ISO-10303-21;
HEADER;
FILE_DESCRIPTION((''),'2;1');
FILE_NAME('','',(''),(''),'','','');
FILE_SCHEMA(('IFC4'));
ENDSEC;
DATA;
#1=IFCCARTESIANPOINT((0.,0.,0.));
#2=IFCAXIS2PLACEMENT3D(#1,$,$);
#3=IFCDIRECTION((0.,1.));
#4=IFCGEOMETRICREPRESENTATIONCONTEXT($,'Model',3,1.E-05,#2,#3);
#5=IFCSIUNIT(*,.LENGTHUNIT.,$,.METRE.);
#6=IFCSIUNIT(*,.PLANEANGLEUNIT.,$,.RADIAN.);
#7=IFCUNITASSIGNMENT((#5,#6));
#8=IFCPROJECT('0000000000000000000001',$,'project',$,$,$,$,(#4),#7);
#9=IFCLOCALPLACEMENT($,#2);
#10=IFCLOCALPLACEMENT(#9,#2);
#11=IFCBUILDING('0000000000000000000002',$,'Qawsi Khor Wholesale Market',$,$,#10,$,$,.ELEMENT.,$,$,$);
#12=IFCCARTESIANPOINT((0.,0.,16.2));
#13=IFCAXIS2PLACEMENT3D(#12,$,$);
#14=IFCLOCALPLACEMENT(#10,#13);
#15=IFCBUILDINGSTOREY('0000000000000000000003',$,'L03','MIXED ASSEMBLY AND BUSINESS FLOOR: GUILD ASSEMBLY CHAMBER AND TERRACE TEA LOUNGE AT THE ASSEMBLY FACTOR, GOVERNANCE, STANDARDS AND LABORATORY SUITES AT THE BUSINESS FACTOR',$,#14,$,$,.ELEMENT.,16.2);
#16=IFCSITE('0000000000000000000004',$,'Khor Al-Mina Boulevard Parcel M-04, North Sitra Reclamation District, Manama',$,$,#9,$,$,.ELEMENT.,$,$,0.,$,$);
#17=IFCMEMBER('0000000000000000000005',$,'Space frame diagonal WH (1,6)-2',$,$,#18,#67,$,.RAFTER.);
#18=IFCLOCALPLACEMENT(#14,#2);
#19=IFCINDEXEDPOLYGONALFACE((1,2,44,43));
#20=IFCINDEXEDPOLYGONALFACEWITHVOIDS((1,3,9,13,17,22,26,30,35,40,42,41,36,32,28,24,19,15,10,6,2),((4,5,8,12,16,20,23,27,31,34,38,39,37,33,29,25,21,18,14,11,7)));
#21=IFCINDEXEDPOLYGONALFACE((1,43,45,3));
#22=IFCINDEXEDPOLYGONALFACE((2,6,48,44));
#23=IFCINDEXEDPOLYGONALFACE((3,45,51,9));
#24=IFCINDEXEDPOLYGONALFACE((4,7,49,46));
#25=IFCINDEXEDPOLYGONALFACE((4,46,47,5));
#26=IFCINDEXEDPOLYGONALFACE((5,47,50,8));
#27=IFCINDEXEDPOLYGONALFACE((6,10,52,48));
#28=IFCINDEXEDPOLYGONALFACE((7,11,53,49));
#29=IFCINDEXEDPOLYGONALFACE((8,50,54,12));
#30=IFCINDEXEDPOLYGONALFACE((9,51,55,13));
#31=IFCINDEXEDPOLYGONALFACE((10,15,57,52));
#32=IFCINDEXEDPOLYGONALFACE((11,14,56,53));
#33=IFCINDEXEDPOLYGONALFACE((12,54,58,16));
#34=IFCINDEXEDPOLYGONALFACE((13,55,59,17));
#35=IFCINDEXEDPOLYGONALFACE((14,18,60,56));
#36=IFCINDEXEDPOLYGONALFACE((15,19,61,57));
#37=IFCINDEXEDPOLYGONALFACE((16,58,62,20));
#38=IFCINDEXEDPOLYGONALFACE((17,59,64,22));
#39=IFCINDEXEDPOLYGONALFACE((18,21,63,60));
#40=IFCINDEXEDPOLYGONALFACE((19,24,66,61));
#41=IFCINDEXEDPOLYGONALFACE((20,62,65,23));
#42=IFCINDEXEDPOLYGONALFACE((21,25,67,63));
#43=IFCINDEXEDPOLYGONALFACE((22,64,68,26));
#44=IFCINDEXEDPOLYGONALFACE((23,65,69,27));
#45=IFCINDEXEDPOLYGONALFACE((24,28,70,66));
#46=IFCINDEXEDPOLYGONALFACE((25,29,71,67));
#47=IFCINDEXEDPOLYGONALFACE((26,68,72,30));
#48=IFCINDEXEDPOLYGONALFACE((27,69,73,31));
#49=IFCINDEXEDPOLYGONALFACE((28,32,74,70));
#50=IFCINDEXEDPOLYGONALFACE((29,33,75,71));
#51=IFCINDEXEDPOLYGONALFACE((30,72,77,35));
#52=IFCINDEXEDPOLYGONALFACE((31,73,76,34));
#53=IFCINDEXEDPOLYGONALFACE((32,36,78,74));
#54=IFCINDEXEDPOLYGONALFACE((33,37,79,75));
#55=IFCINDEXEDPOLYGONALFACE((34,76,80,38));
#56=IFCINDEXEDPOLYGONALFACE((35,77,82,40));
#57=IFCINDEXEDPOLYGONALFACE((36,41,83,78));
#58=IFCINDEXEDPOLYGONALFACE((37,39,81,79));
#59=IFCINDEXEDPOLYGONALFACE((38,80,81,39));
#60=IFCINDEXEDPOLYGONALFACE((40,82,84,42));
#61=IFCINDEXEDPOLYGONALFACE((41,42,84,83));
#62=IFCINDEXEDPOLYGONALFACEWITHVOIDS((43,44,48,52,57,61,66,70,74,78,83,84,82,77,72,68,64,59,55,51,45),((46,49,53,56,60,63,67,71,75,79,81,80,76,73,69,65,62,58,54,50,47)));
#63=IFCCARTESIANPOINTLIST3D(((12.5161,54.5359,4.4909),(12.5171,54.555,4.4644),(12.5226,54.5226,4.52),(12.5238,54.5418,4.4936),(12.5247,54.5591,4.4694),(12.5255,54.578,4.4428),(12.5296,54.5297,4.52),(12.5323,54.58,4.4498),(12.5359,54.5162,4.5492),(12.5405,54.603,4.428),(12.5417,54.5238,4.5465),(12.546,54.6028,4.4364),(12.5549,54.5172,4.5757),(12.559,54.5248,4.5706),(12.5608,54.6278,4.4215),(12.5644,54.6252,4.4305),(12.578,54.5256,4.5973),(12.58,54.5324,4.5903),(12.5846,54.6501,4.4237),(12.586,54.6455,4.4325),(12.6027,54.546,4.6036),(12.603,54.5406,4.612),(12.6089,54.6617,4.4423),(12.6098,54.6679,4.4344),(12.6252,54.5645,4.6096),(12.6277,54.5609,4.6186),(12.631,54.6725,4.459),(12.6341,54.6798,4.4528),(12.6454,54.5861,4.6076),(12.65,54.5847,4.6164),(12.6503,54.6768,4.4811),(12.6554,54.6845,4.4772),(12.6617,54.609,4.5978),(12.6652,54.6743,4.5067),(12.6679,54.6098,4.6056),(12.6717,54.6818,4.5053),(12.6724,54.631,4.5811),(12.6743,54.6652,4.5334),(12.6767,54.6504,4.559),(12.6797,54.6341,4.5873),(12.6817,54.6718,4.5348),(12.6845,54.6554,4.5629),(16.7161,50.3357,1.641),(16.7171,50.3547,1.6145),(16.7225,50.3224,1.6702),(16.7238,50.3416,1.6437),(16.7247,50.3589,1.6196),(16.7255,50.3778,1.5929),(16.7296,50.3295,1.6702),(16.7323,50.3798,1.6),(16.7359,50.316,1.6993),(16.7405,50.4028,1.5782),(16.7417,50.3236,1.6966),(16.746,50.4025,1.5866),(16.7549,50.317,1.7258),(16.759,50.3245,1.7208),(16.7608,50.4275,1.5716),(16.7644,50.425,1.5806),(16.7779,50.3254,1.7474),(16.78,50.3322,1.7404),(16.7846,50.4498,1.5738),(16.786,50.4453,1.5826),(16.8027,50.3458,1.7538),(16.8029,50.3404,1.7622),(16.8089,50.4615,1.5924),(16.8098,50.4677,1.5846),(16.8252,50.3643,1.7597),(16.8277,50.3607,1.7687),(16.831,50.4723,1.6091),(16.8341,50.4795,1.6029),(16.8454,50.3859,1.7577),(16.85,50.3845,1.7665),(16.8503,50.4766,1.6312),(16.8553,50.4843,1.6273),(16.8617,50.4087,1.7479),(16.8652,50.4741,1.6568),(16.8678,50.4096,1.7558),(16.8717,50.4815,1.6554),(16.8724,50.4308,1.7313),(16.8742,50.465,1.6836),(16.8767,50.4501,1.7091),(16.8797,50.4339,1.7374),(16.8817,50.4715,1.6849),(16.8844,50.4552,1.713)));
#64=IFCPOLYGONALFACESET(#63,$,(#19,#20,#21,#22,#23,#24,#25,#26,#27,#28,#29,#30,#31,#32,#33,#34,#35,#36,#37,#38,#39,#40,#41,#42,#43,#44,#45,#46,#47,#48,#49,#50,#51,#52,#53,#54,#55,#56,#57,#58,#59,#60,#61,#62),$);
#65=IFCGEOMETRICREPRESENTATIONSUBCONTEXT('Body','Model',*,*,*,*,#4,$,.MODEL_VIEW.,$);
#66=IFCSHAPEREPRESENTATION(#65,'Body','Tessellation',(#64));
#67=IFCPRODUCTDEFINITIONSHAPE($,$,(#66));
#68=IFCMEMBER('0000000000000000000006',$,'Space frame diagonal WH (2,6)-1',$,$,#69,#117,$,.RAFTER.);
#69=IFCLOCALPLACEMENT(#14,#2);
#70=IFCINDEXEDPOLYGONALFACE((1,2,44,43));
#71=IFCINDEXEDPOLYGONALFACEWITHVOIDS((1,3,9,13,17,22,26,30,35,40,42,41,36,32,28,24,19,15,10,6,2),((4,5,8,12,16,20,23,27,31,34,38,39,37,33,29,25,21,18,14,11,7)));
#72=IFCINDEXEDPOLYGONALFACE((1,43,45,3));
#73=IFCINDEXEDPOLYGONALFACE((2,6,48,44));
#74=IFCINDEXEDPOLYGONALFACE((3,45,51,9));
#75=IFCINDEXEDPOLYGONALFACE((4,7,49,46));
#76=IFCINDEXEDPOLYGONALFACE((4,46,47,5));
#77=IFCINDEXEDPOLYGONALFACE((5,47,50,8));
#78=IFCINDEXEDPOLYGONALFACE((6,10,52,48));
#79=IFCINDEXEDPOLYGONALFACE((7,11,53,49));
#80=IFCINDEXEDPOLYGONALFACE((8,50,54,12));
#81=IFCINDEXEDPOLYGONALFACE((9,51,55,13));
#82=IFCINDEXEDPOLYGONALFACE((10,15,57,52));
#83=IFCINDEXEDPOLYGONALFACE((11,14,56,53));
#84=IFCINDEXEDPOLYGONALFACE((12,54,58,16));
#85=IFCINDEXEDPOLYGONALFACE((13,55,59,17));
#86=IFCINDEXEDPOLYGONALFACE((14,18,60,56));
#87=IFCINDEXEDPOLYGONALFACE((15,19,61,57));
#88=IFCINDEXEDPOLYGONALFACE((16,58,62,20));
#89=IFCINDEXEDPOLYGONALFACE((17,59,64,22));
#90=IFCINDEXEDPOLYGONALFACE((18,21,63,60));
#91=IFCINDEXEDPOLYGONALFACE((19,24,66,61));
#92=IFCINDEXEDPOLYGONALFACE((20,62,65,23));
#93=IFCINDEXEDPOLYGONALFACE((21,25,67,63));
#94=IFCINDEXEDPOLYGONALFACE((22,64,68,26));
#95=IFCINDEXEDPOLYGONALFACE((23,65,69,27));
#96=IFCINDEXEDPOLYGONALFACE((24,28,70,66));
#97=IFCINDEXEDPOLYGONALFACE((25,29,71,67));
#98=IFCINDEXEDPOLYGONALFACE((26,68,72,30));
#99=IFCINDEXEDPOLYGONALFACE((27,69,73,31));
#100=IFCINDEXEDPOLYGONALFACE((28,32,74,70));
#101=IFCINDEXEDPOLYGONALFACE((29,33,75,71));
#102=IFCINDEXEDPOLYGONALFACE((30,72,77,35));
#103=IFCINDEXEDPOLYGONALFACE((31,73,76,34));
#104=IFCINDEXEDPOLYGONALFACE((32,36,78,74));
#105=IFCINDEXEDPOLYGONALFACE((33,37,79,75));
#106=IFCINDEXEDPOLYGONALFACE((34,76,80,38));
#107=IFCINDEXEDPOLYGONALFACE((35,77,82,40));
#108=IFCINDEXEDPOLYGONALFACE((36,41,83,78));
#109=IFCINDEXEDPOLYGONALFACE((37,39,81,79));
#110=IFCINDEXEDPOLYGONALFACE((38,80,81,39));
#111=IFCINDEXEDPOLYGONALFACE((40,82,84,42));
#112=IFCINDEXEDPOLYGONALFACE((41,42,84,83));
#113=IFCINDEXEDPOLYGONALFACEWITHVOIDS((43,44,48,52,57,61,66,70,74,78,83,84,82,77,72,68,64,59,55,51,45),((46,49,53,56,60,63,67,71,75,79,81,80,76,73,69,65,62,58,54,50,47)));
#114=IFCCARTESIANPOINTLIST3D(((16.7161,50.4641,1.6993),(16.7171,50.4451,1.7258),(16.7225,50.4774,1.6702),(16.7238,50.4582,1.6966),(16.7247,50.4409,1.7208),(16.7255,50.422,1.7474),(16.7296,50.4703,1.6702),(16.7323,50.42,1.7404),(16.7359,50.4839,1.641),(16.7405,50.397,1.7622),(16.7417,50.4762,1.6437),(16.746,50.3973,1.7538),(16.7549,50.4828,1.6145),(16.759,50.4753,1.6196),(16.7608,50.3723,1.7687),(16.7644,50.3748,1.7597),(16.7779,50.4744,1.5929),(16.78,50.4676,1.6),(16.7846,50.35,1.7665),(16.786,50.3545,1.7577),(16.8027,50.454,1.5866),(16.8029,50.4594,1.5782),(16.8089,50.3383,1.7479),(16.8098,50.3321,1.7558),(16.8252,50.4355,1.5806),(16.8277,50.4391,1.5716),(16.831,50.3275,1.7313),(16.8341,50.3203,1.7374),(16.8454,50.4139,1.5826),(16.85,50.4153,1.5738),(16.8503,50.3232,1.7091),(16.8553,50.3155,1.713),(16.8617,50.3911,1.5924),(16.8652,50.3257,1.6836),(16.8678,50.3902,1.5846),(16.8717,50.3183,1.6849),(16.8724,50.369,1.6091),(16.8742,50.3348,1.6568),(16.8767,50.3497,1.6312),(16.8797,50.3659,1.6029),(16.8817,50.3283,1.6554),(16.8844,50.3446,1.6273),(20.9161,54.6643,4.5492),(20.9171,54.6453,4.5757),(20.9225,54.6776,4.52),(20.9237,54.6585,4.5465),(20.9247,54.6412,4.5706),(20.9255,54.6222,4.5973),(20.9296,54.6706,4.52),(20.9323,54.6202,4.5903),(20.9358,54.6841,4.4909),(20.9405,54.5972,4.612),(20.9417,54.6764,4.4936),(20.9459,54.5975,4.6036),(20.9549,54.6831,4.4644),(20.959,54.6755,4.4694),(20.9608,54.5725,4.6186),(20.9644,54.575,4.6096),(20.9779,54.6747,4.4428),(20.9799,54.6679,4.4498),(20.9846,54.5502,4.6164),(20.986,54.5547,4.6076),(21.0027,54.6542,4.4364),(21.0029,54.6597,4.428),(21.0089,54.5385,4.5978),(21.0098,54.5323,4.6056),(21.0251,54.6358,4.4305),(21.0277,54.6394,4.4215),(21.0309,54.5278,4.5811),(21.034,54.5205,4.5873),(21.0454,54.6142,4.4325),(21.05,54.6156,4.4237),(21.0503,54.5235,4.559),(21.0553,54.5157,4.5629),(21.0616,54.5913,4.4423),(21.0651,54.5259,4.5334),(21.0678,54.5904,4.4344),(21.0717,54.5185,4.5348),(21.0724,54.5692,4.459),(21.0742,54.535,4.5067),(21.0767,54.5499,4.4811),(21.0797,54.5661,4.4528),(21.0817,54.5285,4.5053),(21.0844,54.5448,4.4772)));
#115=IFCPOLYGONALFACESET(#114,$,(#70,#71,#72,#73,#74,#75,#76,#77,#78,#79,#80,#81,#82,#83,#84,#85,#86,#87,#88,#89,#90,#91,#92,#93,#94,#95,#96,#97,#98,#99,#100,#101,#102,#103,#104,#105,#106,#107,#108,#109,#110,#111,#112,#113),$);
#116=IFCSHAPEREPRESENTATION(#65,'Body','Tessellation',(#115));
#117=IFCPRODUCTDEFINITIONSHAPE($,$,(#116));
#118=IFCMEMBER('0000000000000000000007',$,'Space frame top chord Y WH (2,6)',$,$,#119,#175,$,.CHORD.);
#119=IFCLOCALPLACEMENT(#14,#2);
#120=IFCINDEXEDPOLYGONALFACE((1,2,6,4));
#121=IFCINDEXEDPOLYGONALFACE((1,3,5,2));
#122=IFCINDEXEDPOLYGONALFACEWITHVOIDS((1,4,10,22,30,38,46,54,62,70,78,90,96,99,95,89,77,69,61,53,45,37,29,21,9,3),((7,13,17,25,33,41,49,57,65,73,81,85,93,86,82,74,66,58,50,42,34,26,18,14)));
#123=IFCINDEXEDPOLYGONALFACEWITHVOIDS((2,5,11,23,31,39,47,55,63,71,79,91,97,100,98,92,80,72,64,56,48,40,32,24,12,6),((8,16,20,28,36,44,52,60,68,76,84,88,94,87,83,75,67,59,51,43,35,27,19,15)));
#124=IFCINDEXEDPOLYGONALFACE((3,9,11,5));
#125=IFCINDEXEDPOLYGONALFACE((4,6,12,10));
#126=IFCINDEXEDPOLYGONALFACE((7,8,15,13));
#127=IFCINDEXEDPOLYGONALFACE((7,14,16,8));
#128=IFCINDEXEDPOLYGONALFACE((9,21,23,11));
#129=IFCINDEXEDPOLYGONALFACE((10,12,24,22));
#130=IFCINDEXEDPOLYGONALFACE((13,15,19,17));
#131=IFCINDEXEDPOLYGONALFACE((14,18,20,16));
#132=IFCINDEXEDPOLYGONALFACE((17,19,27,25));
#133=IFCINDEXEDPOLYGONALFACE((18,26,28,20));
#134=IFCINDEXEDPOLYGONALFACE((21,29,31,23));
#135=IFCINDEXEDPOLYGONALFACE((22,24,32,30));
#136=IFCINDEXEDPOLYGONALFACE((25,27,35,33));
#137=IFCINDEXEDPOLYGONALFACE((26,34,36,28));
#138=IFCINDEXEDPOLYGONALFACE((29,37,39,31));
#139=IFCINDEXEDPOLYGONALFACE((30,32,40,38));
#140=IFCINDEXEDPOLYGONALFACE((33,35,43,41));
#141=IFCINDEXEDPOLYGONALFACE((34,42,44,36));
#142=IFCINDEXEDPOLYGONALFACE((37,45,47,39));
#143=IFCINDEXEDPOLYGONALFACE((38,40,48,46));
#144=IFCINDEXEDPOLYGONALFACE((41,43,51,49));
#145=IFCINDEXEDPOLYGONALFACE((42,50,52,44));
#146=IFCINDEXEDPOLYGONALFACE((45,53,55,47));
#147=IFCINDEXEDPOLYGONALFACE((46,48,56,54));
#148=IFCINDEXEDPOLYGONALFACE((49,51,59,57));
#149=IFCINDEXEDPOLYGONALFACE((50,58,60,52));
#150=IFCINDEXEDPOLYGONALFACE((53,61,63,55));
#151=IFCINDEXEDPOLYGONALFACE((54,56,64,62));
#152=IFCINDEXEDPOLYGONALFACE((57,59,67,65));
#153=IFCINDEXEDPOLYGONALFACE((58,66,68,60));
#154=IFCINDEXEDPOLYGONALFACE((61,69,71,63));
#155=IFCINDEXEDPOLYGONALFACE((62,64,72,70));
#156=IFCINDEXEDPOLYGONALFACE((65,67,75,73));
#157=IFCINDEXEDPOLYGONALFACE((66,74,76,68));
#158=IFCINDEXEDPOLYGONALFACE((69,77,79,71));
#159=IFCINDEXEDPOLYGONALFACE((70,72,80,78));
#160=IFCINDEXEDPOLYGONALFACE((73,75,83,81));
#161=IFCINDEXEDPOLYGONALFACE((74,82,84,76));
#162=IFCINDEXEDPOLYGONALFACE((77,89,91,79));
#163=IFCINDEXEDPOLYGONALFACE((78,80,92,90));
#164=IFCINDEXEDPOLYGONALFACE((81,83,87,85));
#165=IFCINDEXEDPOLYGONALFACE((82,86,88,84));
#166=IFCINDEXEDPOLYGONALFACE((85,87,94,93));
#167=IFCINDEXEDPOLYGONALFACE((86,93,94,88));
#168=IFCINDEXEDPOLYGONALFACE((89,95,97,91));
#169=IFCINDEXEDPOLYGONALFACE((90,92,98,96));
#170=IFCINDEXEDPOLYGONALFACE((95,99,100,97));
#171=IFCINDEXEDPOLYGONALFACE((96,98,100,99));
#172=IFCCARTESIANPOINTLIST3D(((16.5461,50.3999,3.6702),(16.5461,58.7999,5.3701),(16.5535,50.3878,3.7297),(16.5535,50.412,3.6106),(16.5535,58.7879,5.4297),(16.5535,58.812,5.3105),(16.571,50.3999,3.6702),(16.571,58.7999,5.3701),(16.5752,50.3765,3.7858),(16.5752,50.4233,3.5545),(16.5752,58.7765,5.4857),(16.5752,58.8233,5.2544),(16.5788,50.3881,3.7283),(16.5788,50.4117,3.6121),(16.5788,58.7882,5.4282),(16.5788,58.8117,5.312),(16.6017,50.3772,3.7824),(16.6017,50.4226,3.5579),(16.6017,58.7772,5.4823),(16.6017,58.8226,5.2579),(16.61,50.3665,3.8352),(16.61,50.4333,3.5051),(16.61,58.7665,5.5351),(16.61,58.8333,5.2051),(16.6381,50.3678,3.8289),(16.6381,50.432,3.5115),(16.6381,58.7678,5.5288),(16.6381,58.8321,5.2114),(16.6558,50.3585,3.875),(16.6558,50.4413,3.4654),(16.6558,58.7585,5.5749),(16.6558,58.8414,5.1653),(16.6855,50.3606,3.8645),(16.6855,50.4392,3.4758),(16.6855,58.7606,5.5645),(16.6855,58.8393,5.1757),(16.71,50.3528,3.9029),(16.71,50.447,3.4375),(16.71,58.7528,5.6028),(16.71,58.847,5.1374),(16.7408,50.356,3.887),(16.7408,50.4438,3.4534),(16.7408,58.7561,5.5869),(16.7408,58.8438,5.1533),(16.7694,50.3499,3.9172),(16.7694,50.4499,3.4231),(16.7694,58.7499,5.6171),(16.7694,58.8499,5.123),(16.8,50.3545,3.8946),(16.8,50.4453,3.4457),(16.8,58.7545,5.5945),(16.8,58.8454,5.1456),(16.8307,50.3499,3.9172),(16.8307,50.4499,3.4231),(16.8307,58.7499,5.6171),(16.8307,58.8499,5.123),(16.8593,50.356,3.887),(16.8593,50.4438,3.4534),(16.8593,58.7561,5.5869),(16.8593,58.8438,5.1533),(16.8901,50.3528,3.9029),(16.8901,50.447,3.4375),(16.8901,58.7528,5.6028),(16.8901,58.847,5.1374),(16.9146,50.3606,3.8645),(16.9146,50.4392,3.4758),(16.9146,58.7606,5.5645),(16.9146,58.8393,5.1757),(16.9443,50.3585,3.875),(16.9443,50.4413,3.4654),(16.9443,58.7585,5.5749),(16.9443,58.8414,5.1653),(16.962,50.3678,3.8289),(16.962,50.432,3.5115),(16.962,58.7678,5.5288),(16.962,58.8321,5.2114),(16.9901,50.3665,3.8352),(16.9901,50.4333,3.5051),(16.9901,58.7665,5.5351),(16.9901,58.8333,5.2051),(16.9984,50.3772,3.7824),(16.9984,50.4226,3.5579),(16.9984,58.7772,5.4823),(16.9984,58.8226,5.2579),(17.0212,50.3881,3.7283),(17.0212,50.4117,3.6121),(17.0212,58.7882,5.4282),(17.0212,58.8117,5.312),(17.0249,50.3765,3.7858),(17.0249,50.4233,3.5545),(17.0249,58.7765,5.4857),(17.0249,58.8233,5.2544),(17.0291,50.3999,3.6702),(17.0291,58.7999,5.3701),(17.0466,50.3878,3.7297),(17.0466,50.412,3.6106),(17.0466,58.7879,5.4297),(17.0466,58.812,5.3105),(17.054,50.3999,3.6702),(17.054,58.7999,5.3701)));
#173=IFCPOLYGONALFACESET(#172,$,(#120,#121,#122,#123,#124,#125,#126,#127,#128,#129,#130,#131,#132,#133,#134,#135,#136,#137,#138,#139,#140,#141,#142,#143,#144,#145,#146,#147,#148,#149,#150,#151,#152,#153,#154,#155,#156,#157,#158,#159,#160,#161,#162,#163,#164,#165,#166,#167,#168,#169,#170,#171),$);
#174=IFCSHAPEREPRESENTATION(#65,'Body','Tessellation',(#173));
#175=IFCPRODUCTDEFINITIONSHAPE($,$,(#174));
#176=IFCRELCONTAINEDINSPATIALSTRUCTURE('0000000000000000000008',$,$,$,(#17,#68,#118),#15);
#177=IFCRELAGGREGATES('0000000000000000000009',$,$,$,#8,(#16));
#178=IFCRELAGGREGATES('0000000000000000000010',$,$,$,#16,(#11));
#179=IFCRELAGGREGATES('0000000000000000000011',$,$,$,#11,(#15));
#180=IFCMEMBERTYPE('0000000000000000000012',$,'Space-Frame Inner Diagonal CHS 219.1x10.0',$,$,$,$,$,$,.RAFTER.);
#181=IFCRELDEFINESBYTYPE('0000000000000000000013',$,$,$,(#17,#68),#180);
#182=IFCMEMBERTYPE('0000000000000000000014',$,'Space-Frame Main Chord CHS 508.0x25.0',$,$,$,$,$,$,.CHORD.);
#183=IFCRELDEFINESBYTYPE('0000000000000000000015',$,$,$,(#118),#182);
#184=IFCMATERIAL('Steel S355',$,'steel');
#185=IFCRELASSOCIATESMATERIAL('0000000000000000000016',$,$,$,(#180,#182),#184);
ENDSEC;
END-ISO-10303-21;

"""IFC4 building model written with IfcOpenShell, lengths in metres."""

from ifc_helpers import new_model, si_unit, direction, frame, origin, origin_2d, place, context, subcontext, project, spatial, hollow_circle, extrude, material, material_profile, profile_set, type_object, element, save


model = new_model("IFC4")

# Units and contexts
model_context = context("Model", 3, precision=1e-05, world=origin(), true_north=direction((0.0, 1.0)))
body_context = subcontext(model_context, "Body", "Model", "MODEL_VIEW")
ifc_project = project(units=[si_unit("LENGTHUNIT", "METRE"), si_unit("PLANEANGLEUNIT", "RADIAN")], contexts=[model_context])

# Site, building, storey
site_placement = place(None, origin())
site = spatial("IfcSite", under=ifc_project, at=site_placement, Name="Khor Al-Mina Boulevard Parcel M-04, North Sitra Reclamation District, Manama", CompositionType="ELEMENT", RefElevation=0.0)
building_placement = place(site_placement, origin())
building = spatial("IfcBuilding", under=site, at=building_placement, Name="Qawsi Khor Wholesale Market", CompositionType="ELEMENT")
storey_placement = place(building_placement, frame((0.0, 0.0, 16.2)))
storey = spatial("IfcBuildingStorey", under=building, at=storey_placement, Name="L03", Description="MIXED ASSEMBLY AND BUSINESS FLOOR: GUILD ASSEMBLY CHAMBER AND TERRACE TEA LOUNGE AT THE ASSEMBLY FACTOR, GOVERNANCE, STANDARDS AND LABORATORY SUITES AT THE BUSINESS FACTOR", CompositionType="ELEMENT", Elevation=16.2)

# Members
ifc_material_1 = material(Name="Steel S355", Category="steel")
ifc_material_profile_1 = material_profile(ifc_material_1, hollow_circle(Radius=0.1096, WallThickness=0.01, at=origin_2d()), Name="CHS 219.1x10.0")
ifc_profile_set_1 = profile_set([ifc_material_profile_1], Name="Steel S355")
member_type_1 = type_object("IfcMemberType", Name="Space-Frame Inner Diagonal CHS 219.1x10.0", PredefinedType="RAFTER", material=ifc_profile_set_1)
for number, where, z_axis, x_axis, name in (
    (1, (16.8, 50.3999, 1.6702), (-0.637507, 0.637544, 0.432577), (-0.707127, -0.707086, 0.0), "Space frame diagonal WH (1,6)-2"),
    (2, (16.8, 50.3999, 1.6702), (0.637507, 0.637544, 0.432577), (-0.707127, 0.707086, 0.0), "Space frame diagonal WH (2,6)-1"),
):
    element("IfcMember", number, at=place(storey_placement, frame(where, z_axis=z_axis, x_axis=x_axis)), inside=storey, type_object=member_type_1, Name=name, PredefinedType="RAFTER", context=body_context, shape_type="SweptSolid", body=[
        extrude(hollow_circle(Radius=0.1096, WallThickness=0.01, at=origin_2d()), origin(), (0.0, 0.0, 1.0), 6.5881),
    ])
ifc_material_profile_2 = material_profile(ifc_material_1, hollow_circle(Radius=0.2539, WallThickness=0.0249, at=origin_2d()), Name="CHS 508.0x25.0")
ifc_profile_set_2 = profile_set([ifc_material_profile_2], Name="Steel S355")
member_type_2 = type_object("IfcMemberType", Name="Space-Frame Main Chord CHS 508.0x25.0", PredefinedType="CHORD", material=ifc_profile_set_2)
member_1_placement = place(storey_placement, frame((16.8, 50.3999, 3.6702), z_axis=(0.0, 0.980131, 0.198351), x_axis=(-1.0, 0.0, 0.0)))
element("IfcMember", 3, at=member_1_placement, inside=storey, type_object=member_type_2, Name="Space frame top chord Y WH (2,6)", PredefinedType="CHORD", context=body_context, shape_type="SweptSolid", body=[
    extrude(hollow_circle(Radius=0.2539, WallThickness=0.0249, at=origin_2d()), origin(), (0.0, 0.0, 1.0), 8.5703),
])

save(model, "model.ifc")
